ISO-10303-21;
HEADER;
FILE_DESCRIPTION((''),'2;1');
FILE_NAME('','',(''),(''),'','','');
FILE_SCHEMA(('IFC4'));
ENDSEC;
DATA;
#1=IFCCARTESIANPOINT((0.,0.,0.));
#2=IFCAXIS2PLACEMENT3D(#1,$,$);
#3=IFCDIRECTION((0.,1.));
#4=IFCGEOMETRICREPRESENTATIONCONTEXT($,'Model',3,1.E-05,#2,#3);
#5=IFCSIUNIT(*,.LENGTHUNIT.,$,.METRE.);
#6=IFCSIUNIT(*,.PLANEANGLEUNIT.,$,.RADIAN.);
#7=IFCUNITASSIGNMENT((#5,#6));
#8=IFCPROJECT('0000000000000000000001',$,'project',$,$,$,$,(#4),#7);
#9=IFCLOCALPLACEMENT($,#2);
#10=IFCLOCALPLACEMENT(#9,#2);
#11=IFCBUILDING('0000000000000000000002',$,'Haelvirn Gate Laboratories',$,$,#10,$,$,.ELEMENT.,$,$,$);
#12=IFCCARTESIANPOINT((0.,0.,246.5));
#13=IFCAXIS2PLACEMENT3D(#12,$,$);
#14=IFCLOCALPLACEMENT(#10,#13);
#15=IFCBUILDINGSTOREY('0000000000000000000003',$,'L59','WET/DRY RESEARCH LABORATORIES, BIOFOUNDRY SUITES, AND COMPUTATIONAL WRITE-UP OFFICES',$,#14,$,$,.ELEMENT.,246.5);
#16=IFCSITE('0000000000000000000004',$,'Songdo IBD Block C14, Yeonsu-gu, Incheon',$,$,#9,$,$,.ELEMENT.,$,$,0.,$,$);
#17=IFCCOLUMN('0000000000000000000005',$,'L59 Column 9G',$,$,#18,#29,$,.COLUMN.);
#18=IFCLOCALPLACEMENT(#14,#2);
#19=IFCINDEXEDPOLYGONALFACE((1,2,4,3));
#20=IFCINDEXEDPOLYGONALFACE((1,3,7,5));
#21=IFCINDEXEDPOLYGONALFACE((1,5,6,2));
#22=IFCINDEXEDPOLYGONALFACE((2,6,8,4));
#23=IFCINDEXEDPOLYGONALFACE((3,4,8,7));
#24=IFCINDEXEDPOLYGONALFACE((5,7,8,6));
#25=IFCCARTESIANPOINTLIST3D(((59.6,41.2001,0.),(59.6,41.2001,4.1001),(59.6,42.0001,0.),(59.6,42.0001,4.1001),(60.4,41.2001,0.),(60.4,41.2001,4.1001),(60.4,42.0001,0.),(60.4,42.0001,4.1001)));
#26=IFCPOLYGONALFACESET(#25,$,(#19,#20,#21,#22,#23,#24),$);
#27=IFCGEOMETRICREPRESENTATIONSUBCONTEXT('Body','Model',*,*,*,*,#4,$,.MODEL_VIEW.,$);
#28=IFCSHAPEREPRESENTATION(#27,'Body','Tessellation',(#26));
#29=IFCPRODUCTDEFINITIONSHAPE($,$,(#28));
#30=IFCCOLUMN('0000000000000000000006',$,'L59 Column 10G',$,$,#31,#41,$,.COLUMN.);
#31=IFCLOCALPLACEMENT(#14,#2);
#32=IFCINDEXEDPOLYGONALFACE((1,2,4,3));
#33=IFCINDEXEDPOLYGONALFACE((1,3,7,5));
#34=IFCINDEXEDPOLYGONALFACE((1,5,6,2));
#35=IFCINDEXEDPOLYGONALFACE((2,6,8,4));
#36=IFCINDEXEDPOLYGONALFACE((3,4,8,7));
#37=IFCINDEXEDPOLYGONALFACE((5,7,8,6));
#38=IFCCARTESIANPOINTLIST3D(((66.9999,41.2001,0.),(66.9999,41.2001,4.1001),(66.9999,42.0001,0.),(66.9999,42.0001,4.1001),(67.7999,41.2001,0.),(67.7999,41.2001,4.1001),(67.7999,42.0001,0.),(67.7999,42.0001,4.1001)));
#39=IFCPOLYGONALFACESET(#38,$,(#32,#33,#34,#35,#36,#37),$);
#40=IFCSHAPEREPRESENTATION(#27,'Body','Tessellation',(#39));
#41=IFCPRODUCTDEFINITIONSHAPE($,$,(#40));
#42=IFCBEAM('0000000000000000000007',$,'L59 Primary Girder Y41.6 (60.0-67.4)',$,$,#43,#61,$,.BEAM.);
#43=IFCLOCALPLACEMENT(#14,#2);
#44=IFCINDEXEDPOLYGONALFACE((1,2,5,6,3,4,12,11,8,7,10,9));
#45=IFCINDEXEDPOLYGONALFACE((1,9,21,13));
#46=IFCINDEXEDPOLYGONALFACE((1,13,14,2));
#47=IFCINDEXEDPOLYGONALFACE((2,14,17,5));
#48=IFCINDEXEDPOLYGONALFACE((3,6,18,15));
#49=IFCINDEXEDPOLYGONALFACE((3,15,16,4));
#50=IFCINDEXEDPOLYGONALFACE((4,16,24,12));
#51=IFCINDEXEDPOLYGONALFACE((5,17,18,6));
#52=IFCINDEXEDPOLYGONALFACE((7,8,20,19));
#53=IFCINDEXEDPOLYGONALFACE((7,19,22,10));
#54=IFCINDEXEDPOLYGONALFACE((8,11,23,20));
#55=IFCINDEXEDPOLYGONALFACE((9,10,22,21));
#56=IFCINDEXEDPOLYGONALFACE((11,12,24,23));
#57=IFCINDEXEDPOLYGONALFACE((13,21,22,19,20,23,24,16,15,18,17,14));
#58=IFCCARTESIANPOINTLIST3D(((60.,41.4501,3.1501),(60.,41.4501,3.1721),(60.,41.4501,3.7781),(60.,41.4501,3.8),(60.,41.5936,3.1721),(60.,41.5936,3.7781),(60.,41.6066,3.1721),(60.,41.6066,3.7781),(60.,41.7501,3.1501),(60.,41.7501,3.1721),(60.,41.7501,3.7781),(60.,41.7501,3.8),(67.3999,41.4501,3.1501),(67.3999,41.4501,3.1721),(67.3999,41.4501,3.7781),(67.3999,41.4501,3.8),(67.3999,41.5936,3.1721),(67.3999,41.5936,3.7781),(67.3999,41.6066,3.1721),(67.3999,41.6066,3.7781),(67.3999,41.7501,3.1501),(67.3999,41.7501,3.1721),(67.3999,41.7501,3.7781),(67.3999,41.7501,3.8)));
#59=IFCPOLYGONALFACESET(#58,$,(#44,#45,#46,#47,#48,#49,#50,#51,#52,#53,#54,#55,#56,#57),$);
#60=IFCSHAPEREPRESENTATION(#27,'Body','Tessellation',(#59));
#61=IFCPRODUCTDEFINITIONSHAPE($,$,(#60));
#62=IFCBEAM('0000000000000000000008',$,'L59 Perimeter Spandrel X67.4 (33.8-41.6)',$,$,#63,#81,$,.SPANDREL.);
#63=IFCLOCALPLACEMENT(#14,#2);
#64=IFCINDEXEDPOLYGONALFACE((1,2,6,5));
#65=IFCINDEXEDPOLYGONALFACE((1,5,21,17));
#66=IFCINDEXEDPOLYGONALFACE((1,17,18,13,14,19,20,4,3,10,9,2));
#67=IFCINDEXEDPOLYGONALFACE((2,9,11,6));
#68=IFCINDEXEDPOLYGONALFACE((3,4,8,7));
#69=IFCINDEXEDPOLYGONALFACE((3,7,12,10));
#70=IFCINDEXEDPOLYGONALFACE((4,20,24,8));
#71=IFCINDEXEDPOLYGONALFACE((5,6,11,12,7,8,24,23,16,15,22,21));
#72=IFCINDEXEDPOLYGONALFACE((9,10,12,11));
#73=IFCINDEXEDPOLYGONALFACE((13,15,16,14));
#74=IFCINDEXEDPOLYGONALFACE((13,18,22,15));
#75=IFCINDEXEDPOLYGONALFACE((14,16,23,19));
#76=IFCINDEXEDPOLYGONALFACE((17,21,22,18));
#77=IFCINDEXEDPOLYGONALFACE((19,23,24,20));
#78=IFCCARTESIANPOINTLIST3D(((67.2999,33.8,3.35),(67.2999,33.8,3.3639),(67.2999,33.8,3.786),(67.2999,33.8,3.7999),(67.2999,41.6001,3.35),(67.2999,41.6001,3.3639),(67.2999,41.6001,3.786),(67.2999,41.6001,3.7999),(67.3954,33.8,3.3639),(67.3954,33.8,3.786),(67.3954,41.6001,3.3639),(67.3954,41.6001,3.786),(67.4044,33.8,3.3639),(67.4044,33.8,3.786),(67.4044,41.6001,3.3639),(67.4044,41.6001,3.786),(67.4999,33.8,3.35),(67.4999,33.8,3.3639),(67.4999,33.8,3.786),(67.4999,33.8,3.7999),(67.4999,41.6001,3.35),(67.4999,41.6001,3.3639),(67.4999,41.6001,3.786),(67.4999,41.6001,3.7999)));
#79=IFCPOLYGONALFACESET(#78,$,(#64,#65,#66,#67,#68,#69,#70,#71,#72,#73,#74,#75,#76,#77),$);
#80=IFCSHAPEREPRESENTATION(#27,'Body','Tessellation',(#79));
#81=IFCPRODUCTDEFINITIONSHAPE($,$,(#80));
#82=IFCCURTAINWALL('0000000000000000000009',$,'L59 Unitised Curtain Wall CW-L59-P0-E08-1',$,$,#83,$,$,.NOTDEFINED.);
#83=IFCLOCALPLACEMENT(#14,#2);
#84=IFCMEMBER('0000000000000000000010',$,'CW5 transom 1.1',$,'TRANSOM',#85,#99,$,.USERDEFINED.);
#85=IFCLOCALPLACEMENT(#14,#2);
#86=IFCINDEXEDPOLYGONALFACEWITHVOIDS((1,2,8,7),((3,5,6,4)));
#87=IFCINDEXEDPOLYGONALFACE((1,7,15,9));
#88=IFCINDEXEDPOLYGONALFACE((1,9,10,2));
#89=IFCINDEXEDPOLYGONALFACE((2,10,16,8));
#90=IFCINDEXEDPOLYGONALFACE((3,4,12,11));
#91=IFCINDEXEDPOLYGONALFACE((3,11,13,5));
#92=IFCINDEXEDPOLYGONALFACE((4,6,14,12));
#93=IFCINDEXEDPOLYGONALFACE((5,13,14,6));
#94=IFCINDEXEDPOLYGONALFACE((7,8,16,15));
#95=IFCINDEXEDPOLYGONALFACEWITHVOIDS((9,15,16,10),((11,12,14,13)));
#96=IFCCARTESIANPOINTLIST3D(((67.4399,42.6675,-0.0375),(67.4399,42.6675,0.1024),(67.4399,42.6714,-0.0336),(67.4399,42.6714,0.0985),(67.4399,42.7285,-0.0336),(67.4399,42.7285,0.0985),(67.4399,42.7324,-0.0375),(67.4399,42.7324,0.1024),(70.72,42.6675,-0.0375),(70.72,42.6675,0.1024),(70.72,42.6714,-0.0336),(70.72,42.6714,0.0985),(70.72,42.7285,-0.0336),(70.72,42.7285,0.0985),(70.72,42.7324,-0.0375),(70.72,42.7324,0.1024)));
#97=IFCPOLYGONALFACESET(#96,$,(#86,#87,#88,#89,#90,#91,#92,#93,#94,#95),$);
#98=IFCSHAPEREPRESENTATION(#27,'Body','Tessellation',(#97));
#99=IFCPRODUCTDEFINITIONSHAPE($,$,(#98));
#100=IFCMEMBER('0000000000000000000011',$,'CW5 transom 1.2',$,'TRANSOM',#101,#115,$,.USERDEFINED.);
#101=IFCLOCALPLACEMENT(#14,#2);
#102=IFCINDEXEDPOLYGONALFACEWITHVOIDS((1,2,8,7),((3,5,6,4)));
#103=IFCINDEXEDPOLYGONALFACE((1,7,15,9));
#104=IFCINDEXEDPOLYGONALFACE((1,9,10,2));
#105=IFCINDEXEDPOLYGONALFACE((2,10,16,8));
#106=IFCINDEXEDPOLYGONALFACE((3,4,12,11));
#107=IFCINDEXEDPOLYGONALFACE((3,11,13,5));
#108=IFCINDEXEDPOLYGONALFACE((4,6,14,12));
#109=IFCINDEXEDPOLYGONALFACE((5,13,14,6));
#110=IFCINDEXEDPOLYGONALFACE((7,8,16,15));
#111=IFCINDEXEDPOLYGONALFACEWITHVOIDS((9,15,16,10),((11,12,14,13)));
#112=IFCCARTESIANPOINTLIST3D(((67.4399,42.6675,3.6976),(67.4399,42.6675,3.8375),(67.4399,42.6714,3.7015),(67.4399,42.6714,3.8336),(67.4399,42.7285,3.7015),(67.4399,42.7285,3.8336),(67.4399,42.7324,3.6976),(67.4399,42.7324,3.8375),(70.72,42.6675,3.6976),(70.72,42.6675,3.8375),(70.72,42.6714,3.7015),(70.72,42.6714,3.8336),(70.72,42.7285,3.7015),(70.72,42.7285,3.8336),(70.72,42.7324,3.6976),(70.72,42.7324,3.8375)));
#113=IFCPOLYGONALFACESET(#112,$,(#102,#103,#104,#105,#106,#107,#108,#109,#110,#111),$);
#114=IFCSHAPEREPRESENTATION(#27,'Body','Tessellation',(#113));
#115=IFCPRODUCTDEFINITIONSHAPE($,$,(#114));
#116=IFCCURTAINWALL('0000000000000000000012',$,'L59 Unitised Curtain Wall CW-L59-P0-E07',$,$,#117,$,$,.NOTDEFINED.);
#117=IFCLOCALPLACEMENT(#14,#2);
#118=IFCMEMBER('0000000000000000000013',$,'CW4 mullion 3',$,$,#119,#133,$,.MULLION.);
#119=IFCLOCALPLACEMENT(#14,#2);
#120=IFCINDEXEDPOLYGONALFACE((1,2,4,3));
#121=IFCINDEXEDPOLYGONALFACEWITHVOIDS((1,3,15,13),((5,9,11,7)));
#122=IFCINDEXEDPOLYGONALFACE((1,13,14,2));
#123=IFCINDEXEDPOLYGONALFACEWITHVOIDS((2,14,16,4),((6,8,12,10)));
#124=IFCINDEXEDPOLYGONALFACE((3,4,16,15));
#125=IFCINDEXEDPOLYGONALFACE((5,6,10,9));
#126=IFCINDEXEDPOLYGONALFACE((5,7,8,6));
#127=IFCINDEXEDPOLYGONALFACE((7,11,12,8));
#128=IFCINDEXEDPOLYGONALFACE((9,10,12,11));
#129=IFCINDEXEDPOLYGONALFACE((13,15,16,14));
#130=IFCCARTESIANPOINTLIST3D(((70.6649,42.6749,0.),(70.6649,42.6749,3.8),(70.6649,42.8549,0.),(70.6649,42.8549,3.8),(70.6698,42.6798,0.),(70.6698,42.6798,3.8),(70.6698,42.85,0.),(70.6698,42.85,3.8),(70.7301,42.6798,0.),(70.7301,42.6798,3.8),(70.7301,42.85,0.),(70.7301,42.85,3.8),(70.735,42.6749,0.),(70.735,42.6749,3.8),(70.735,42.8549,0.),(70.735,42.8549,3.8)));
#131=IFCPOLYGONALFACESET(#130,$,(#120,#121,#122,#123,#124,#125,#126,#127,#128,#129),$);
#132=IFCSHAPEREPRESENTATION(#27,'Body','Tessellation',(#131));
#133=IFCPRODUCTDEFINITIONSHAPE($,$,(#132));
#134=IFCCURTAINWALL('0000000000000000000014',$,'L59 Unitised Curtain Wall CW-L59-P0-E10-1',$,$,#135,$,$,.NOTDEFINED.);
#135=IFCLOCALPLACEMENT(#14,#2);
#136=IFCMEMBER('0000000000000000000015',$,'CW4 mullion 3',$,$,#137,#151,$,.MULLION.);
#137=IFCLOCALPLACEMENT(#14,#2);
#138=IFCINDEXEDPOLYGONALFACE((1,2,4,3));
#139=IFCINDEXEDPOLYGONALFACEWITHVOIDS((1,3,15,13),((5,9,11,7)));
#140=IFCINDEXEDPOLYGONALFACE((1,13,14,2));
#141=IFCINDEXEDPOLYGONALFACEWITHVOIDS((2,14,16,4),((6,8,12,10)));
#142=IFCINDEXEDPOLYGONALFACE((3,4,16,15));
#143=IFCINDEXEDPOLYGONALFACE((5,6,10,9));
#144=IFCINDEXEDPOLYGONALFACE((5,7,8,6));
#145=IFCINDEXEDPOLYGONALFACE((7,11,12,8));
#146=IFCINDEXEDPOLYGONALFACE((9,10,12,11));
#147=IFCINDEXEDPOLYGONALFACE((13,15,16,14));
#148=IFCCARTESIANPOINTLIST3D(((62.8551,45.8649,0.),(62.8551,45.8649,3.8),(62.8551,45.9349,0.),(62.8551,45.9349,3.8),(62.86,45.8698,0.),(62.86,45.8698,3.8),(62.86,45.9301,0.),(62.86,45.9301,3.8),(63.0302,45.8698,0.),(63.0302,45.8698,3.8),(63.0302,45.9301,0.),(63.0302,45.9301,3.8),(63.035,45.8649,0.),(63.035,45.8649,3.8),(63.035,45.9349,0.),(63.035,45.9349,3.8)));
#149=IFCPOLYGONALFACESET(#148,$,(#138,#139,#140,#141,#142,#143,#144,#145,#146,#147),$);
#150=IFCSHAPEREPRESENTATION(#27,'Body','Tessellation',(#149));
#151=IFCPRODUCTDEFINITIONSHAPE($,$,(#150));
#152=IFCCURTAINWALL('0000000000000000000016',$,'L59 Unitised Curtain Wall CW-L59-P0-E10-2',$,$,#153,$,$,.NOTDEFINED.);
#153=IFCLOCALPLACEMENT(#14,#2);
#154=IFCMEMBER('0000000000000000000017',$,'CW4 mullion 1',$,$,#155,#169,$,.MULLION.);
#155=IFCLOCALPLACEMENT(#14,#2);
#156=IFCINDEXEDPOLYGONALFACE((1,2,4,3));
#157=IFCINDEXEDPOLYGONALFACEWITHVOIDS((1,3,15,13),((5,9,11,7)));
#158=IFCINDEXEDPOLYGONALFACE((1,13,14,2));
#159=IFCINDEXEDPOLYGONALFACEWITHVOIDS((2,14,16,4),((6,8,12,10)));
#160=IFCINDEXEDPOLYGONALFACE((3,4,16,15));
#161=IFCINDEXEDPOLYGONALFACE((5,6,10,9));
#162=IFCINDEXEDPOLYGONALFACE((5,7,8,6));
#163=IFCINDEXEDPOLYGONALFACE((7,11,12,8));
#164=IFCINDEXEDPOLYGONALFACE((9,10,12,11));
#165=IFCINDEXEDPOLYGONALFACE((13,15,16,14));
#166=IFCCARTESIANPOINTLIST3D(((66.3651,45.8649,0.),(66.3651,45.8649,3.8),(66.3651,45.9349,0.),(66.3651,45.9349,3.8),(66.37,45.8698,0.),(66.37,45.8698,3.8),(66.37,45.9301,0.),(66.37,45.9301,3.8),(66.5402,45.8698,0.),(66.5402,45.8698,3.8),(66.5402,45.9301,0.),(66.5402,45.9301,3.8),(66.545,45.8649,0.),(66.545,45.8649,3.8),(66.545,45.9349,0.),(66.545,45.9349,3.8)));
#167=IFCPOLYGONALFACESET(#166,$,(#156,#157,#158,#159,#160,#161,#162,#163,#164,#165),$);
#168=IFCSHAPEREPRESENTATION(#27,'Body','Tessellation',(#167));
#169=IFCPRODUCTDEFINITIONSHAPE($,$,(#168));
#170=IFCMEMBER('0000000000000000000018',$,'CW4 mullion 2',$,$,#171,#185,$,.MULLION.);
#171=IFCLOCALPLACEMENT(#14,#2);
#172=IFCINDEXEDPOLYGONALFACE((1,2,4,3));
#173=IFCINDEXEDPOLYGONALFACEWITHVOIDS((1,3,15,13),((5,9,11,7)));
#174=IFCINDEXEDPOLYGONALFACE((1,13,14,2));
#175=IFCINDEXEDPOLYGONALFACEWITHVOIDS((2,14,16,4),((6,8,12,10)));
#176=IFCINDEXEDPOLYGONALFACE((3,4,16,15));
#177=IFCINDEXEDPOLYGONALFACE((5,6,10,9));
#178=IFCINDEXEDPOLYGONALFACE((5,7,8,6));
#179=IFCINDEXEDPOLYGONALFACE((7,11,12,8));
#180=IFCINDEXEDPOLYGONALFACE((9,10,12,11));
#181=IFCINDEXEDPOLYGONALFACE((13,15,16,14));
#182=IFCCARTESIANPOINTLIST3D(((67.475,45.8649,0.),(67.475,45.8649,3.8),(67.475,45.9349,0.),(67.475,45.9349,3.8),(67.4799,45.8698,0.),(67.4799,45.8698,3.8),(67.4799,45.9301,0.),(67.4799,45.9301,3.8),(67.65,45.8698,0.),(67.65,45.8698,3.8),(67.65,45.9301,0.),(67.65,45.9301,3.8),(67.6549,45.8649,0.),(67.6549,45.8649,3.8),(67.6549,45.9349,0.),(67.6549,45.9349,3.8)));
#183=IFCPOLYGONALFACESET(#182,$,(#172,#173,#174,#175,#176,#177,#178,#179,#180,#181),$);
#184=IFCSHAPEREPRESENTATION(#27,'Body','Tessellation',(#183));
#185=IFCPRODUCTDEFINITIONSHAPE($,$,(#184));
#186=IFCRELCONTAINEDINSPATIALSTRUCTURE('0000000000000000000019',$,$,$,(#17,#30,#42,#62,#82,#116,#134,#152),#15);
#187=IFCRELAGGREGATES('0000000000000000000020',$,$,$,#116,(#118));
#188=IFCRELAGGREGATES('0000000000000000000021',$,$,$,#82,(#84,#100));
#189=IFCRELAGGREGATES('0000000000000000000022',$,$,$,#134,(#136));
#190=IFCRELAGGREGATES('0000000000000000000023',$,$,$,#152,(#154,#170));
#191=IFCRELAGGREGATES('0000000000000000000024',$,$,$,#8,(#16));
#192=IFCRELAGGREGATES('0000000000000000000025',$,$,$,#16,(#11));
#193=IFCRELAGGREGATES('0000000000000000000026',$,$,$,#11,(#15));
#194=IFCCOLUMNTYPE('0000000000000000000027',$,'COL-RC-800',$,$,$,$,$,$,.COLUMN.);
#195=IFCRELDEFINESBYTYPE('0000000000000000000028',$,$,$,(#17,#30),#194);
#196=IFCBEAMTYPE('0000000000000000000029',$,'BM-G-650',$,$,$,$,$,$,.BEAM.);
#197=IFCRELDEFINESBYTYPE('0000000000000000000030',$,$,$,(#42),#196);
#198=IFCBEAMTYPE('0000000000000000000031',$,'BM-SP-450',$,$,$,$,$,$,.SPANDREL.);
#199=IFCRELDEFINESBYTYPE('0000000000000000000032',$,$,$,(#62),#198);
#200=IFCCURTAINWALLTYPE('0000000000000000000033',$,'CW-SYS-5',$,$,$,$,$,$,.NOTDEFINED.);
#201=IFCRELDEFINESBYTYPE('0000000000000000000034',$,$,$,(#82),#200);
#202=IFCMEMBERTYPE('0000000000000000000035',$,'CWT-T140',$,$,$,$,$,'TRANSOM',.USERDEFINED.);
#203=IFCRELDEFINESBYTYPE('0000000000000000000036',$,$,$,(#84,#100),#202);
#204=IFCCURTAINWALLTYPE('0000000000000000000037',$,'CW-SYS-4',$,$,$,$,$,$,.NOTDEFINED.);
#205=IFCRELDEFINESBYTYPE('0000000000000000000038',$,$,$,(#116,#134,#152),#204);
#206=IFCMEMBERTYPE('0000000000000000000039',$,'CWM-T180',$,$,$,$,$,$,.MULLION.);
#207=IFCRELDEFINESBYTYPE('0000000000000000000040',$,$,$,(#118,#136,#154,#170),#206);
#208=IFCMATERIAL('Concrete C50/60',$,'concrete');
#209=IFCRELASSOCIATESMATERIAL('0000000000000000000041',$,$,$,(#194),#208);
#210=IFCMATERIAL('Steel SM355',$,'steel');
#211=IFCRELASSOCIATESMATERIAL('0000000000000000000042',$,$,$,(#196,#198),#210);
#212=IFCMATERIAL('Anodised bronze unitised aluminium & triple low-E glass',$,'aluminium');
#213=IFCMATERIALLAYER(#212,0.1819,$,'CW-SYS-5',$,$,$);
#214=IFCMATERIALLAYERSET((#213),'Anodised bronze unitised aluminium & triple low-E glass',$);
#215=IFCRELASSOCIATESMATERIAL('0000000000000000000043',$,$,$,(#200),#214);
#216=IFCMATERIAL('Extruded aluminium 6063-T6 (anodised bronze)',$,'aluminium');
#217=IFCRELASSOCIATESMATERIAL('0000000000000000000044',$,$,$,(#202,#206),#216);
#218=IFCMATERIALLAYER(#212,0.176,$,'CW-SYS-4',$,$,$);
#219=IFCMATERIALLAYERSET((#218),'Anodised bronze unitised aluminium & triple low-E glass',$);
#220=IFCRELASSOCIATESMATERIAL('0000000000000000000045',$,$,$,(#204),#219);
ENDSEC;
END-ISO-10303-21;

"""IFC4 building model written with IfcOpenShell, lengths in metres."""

from ifc_helpers import new_model, si_unit, direction, frame, origin, origin_2d, place, context, subcontext, project, spatial, rectangle, hollow_rectangle, i_section, extrude, source, transform, mapped, material, layer, layer_set, material_profile, profile_set, type_object, type_shapes, element, aggregate, save


model = new_model("IFC4")

# Units and contexts
model_context = context("Model", 3, precision=1e-05, world=origin(), true_north=direction((0.0, 1.0)))
body_context = subcontext(model_context, "Body", "Model", "MODEL_VIEW")
ifc_project = project(units=[si_unit("LENGTHUNIT", "METRE"), si_unit("PLANEANGLEUNIT", "RADIAN")], contexts=[model_context])

# Site, building, storey
site_placement = place(None, origin())
site = spatial("IfcSite", under=ifc_project, at=site_placement, Name="Songdo IBD Block C14, Yeonsu-gu, Incheon", CompositionType="ELEMENT", RefElevation=0.0)
building_placement = place(site_placement, origin())
building = spatial("IfcBuilding", under=site, at=building_placement, Name="Haelvirn Gate Laboratories", CompositionType="ELEMENT")
storey_placement = place(building_placement, frame((0.0, 0.0, 246.5)))
storey = spatial("IfcBuildingStorey", under=building, at=storey_placement, Name="L59", Description="WET/DRY RESEARCH LABORATORIES, BIOFOUNDRY SUITES, AND COMPUTATIONAL WRITE-UP OFFICES", CompositionType="ELEMENT", Elevation=246.5)

# Columns
ifc_material_1 = material(Name="Concrete C50/60", Category="concrete")
ifc_material_profile_1 = material_profile(ifc_material_1, rectangle(XDim=0.8, YDim=0.8, at=origin_2d()), Name="RC-800x800")
ifc_profile_set_1 = profile_set([ifc_material_profile_1], Name="Concrete C50/60")
column_type = type_object("IfcColumnType", Name="COL-RC-800", PredefinedType="COLUMN", material=ifc_profile_set_1)
shared_shape_1 = source(origin(), body_context, "Body", "SweptSolid", [
    extrude(rectangle(XDim=0.8, YDim=0.8, at=origin_2d()), origin(), (0.0, 0.0, 1.0), 4.1001),
])
type_shapes(column_type, [shared_shape_1])
for number, where, z_axis, x_axis, name in (
    (1, (60.0, 41.6001, 0.0), (0.0, 0.0, 1.0), (1.0, 0.0, 0.0), "L59 Column 9G"),
    (2, (67.3999, 41.6001, 0.0), (0.0, 0.0, 1.0), (1.0, 0.0, 0.0), "L59 Column 10G"),
):
    element("IfcColumn", number, at=place(storey_placement, frame(where, z_axis=z_axis, x_axis=x_axis)), inside=storey, type_object=column_type, Name=name, PredefinedType="COLUMN", context=body_context, shape_type="MappedRepresentation", body=[
        mapped(shared_shape_1, transform((0.0, 0.0, 0.0), scale=1.0)),
    ])

# Beams
ifc_material_2 = material(Name="Steel SM355", Category="steel")
ifc_material_profile_2 = material_profile(ifc_material_2, i_section(OverallWidth=0.3, OverallDepth=0.6499, WebThickness=0.0129, FlangeThickness=0.022, at=origin_2d()), Name="H-650x300x13x22")
ifc_profile_set_2 = profile_set([ifc_material_profile_2], Name="Steel SM355")
beam_type_1 = type_object("IfcBeamType", Name="BM-G-650", PredefinedType="BEAM", material=ifc_profile_set_2)
shared_shape_2 = source(origin(), body_context, "Body", "SweptSolid", [
    extrude(i_section(OverallWidth=0.3, OverallDepth=0.6499, WebThickness=0.0129, FlangeThickness=0.022, at=origin_2d()), origin(), (0.0, 0.0, 1.0), 7.3999),
])
type_shapes(beam_type_1, [shared_shape_2])
beam_1_placement = place(storey_placement, frame((60.0, 41.6001, 3.4751), z_axis=(1.0, 0.0, 0.0), x_axis=(0.0, 1.0, 0.0)))
element("IfcBeam", 3, at=beam_1_placement, inside=storey, type_object=beam_type_1, Name="L59 Primary Girder Y41.6 (60.0-67.4)", PredefinedType="BEAM", context=body_context, shape_type="MappedRepresentation", body=[
    mapped(shared_shape_2, transform((0.0, 0.0, 0.0), scale=1.0)),
])
ifc_material_profile_3 = material_profile(ifc_material_2, i_section(OverallWidth=0.2, OverallDepth=0.45, WebThickness=0.009, FlangeThickness=0.0139, at=origin_2d()), Name="H-450x200x9x14")
ifc_profile_set_3 = profile_set([ifc_material_profile_3], Name="Steel SM355")
beam_type_2 = type_object("IfcBeamType", Name="BM-SP-450", PredefinedType="SPANDREL", material=ifc_profile_set_3)
shared_shape_3 = source(origin(), body_context, "Body", "SweptSolid", [
    extrude(i_section(OverallWidth=0.2, OverallDepth=0.45, WebThickness=0.009, FlangeThickness=0.0139, at=origin_2d()), origin(), (0.0, 0.0, 1.0), 7.8),
])
type_shapes(beam_type_2, [shared_shape_3])
beam_2_placement = place(storey_placement, frame((67.3999, 33.8, 3.575), z_axis=(0.0, 1.0, 0.0), x_axis=(-1.0, 0.0, 0.0)))
element("IfcBeam", 4, at=beam_2_placement, inside=storey, type_object=beam_type_2, Name="L59 Perimeter Spandrel X67.4 (33.8-41.6)", PredefinedType="SPANDREL", context=body_context, shape_type="MappedRepresentation", body=[
    mapped(shared_shape_3, transform((0.0, 0.0, 0.0), scale=1.0)),
])

# Curtain wall, members
ifc_material_3 = material(Name="Anodised bronze unitised aluminium & triple low-E glass", Category="aluminium")
ifc_layer_1 = layer(ifc_material_3, 0.1819, Name="CW-SYS-5")
ifc_layer_set_1 = layer_set([ifc_layer_1], Name="Anodised bronze unitised aluminium & triple low-E glass")
curtain_wall_type_1 = type_object("IfcCurtainWallType", Name="CW-SYS-5", PredefinedType="NOTDEFINED", material=ifc_layer_set_1)
curtain_wall_1_placement = place(storey_placement, origin())
curtain_wall_1 = element("IfcCurtainWall", 5, at=curtain_wall_1_placement, inside=storey, type_object=curtain_wall_type_1, Name="L59 Unitised Curtain Wall CW-L59-P0-E08-1", PredefinedType="NOTDEFINED")
ifc_material_4 = material(Name="Extruded aluminium 6063-T6 (anodised bronze)", Category="aluminium")
ifc_material_profile_4 = material_profile(ifc_material_4, hollow_rectangle(XDim=0.0649, YDim=0.1399, WallThickness=0.0039, at=origin_2d()), Name="CWT-140x65x4")
ifc_profile_set_4 = profile_set([ifc_material_profile_4], Name="Extruded aluminium 6063-T6 (anodised bronze)")
member_type_1 = type_object("IfcMemberType", Name="CWT-T140", ElementType="TRANSOM", PredefinedType="USERDEFINED", material=ifc_profile_set_4)
shared_shape_4 = source(origin(), body_context, "Body", "SweptSolid", [
    extrude(hollow_rectangle(XDim=0.0649, YDim=0.1399, WallThickness=0.0039, at=origin_2d()), origin(), (0.0, 0.0, 1.0), 3.28),
])
member_1_placement = place(storey_placement, frame((67.4399, 42.7, 0.0325), z_axis=(1.0, 0.0, 0.0), x_axis=(0.0, 1.0, 0.0)))
member_1 = element("IfcMember", 6, at=member_1_placement, type_object=member_type_1, Name="CW5 transom 1.1", ObjectType="TRANSOM", PredefinedType="USERDEFINED", context=body_context, shape_type="MappedRepresentation", body=[
    mapped(shared_shape_4, transform((0.0, 0.0, 0.0), scale=1.0)),
])
member_2_placement = place(storey_placement, frame((67.4399, 42.7, 3.7676), z_axis=(1.0, 0.0, 0.0), x_axis=(0.0, 1.0, 0.0)))
member_2 = element("IfcMember", 7, at=member_2_placement, type_object=member_type_1, Name="CW5 transom 1.2", ObjectType="TRANSOM", PredefinedType="USERDEFINED", context=body_context, shape_type="MappedRepresentation", body=[
    mapped(shared_shape_4, transform((0.0, 0.0, 0.0), scale=1.0)),
])

# Curtain walls, members
ifc_layer_2 = layer(ifc_material_3, 0.176, Name="CW-SYS-4")
ifc_layer_set_2 = layer_set([ifc_layer_2], Name="Anodised bronze unitised aluminium & triple low-E glass")
curtain_wall_type_2 = type_object("IfcCurtainWallType", Name="CW-SYS-4", PredefinedType="NOTDEFINED", material=ifc_layer_set_2)
curtain_wall_2_placement = place(storey_placement, origin())
curtain_wall_2 = element("IfcCurtainWall", 8, at=curtain_wall_2_placement, inside=storey, type_object=curtain_wall_type_2, Name="L59 Unitised Curtain Wall CW-L59-P0-E07", PredefinedType="NOTDEFINED")
ifc_material_profile_5 = material_profile(ifc_material_4, hollow_rectangle(XDim=0.0701, YDim=0.1799, WallThickness=0.0049, at=origin_2d()), Name="CWM-180x70x5")
ifc_profile_set_5 = profile_set([ifc_material_profile_5], Name="Extruded aluminium 6063-T6 (anodised bronze)")
member_type_2 = type_object("IfcMemberType", Name="CWM-T180", PredefinedType="MULLION", material=ifc_profile_set_5)
shared_shape_5 = source(origin(), body_context, "Body", "SweptSolid", [
    extrude(hollow_rectangle(XDim=0.0701, YDim=0.1799, WallThickness=0.0049, at=origin_2d()), origin(), (0.0, 0.0, 1.0), 3.8),
])
type_shapes(member_type_2, [shared_shape_5])
member_3_placement = place(storey_placement, frame((70.7, 42.7649, 0.0), z_axis=(0.0, 0.0, 1.0), x_axis=(-1.0, 0.0, 0.0)))
member_3 = element("IfcMember", 9, at=member_3_placement, type_object=member_type_2, Name="CW4 mullion 3", PredefinedType="MULLION", context=body_context, shape_type="MappedRepresentation", body=[
    mapped(shared_shape_5, transform((0.0, 0.0, 0.0), scale=1.0)),
])
aggregate(curtain_wall_2, [member_3])
curtain_wall_3_placement = place(storey_placement, origin())
curtain_wall_3 = element("IfcCurtainWall", 10, at=curtain_wall_3_placement, inside=storey, type_object=curtain_wall_type_2, Name="L59 Unitised Curtain Wall CW-L59-P0-E10-1", PredefinedType="NOTDEFINED")
member_4_placement = place(storey_placement, frame((62.9451, 45.8999, 0.0), z_axis=(0.0, 0.0, 1.0), x_axis=(0.0, 1.0, 0.0)))
member_4 = element("IfcMember", 11, at=member_4_placement, type_object=member_type_2, Name="CW4 mullion 3", PredefinedType="MULLION", context=body_context, shape_type="MappedRepresentation", body=[
    mapped(shared_shape_5, transform((0.0, 0.0, 0.0), scale=1.0)),
])

# Curtain wall, members
curtain_wall_4_placement = place(storey_placement, origin())
curtain_wall_4 = element("IfcCurtainWall", 12, at=curtain_wall_4_placement, inside=storey, type_object=curtain_wall_type_2, Name="L59 Unitised Curtain Wall CW-L59-P0-E10-2", PredefinedType="NOTDEFINED")
member_5_placement = place(storey_placement, frame((66.4551, 45.8999, 0.0), z_axis=(0.0, 0.0, 1.0), x_axis=(0.0, 1.0, 0.0)))
member_5 = element("IfcMember", 13, at=member_5_placement, type_object=member_type_2, Name="CW4 mullion 1", PredefinedType="MULLION", context=body_context, shape_type="MappedRepresentation", body=[
    mapped(shared_shape_5, transform((0.0, 0.0, 0.0), scale=1.0)),
])
member_6_placement = place(storey_placement, frame((67.5649, 45.8999, 0.0), z_axis=(0.0, 0.0, 1.0), x_axis=(0.0, 1.0, 0.0)))
member_6 = element("IfcMember", 14, at=member_6_placement, type_object=member_type_2, Name="CW4 mullion 2", PredefinedType="MULLION", context=body_context, shape_type="MappedRepresentation", body=[
    mapped(shared_shape_5, transform((0.0, 0.0, 0.0), scale=1.0)),
])

aggregate(curtain_wall_1, [member_1, member_2])
aggregate(curtain_wall_3, [member_4])
aggregate(curtain_wall_4, [member_5, member_6])

save(model, "model.ifc")
